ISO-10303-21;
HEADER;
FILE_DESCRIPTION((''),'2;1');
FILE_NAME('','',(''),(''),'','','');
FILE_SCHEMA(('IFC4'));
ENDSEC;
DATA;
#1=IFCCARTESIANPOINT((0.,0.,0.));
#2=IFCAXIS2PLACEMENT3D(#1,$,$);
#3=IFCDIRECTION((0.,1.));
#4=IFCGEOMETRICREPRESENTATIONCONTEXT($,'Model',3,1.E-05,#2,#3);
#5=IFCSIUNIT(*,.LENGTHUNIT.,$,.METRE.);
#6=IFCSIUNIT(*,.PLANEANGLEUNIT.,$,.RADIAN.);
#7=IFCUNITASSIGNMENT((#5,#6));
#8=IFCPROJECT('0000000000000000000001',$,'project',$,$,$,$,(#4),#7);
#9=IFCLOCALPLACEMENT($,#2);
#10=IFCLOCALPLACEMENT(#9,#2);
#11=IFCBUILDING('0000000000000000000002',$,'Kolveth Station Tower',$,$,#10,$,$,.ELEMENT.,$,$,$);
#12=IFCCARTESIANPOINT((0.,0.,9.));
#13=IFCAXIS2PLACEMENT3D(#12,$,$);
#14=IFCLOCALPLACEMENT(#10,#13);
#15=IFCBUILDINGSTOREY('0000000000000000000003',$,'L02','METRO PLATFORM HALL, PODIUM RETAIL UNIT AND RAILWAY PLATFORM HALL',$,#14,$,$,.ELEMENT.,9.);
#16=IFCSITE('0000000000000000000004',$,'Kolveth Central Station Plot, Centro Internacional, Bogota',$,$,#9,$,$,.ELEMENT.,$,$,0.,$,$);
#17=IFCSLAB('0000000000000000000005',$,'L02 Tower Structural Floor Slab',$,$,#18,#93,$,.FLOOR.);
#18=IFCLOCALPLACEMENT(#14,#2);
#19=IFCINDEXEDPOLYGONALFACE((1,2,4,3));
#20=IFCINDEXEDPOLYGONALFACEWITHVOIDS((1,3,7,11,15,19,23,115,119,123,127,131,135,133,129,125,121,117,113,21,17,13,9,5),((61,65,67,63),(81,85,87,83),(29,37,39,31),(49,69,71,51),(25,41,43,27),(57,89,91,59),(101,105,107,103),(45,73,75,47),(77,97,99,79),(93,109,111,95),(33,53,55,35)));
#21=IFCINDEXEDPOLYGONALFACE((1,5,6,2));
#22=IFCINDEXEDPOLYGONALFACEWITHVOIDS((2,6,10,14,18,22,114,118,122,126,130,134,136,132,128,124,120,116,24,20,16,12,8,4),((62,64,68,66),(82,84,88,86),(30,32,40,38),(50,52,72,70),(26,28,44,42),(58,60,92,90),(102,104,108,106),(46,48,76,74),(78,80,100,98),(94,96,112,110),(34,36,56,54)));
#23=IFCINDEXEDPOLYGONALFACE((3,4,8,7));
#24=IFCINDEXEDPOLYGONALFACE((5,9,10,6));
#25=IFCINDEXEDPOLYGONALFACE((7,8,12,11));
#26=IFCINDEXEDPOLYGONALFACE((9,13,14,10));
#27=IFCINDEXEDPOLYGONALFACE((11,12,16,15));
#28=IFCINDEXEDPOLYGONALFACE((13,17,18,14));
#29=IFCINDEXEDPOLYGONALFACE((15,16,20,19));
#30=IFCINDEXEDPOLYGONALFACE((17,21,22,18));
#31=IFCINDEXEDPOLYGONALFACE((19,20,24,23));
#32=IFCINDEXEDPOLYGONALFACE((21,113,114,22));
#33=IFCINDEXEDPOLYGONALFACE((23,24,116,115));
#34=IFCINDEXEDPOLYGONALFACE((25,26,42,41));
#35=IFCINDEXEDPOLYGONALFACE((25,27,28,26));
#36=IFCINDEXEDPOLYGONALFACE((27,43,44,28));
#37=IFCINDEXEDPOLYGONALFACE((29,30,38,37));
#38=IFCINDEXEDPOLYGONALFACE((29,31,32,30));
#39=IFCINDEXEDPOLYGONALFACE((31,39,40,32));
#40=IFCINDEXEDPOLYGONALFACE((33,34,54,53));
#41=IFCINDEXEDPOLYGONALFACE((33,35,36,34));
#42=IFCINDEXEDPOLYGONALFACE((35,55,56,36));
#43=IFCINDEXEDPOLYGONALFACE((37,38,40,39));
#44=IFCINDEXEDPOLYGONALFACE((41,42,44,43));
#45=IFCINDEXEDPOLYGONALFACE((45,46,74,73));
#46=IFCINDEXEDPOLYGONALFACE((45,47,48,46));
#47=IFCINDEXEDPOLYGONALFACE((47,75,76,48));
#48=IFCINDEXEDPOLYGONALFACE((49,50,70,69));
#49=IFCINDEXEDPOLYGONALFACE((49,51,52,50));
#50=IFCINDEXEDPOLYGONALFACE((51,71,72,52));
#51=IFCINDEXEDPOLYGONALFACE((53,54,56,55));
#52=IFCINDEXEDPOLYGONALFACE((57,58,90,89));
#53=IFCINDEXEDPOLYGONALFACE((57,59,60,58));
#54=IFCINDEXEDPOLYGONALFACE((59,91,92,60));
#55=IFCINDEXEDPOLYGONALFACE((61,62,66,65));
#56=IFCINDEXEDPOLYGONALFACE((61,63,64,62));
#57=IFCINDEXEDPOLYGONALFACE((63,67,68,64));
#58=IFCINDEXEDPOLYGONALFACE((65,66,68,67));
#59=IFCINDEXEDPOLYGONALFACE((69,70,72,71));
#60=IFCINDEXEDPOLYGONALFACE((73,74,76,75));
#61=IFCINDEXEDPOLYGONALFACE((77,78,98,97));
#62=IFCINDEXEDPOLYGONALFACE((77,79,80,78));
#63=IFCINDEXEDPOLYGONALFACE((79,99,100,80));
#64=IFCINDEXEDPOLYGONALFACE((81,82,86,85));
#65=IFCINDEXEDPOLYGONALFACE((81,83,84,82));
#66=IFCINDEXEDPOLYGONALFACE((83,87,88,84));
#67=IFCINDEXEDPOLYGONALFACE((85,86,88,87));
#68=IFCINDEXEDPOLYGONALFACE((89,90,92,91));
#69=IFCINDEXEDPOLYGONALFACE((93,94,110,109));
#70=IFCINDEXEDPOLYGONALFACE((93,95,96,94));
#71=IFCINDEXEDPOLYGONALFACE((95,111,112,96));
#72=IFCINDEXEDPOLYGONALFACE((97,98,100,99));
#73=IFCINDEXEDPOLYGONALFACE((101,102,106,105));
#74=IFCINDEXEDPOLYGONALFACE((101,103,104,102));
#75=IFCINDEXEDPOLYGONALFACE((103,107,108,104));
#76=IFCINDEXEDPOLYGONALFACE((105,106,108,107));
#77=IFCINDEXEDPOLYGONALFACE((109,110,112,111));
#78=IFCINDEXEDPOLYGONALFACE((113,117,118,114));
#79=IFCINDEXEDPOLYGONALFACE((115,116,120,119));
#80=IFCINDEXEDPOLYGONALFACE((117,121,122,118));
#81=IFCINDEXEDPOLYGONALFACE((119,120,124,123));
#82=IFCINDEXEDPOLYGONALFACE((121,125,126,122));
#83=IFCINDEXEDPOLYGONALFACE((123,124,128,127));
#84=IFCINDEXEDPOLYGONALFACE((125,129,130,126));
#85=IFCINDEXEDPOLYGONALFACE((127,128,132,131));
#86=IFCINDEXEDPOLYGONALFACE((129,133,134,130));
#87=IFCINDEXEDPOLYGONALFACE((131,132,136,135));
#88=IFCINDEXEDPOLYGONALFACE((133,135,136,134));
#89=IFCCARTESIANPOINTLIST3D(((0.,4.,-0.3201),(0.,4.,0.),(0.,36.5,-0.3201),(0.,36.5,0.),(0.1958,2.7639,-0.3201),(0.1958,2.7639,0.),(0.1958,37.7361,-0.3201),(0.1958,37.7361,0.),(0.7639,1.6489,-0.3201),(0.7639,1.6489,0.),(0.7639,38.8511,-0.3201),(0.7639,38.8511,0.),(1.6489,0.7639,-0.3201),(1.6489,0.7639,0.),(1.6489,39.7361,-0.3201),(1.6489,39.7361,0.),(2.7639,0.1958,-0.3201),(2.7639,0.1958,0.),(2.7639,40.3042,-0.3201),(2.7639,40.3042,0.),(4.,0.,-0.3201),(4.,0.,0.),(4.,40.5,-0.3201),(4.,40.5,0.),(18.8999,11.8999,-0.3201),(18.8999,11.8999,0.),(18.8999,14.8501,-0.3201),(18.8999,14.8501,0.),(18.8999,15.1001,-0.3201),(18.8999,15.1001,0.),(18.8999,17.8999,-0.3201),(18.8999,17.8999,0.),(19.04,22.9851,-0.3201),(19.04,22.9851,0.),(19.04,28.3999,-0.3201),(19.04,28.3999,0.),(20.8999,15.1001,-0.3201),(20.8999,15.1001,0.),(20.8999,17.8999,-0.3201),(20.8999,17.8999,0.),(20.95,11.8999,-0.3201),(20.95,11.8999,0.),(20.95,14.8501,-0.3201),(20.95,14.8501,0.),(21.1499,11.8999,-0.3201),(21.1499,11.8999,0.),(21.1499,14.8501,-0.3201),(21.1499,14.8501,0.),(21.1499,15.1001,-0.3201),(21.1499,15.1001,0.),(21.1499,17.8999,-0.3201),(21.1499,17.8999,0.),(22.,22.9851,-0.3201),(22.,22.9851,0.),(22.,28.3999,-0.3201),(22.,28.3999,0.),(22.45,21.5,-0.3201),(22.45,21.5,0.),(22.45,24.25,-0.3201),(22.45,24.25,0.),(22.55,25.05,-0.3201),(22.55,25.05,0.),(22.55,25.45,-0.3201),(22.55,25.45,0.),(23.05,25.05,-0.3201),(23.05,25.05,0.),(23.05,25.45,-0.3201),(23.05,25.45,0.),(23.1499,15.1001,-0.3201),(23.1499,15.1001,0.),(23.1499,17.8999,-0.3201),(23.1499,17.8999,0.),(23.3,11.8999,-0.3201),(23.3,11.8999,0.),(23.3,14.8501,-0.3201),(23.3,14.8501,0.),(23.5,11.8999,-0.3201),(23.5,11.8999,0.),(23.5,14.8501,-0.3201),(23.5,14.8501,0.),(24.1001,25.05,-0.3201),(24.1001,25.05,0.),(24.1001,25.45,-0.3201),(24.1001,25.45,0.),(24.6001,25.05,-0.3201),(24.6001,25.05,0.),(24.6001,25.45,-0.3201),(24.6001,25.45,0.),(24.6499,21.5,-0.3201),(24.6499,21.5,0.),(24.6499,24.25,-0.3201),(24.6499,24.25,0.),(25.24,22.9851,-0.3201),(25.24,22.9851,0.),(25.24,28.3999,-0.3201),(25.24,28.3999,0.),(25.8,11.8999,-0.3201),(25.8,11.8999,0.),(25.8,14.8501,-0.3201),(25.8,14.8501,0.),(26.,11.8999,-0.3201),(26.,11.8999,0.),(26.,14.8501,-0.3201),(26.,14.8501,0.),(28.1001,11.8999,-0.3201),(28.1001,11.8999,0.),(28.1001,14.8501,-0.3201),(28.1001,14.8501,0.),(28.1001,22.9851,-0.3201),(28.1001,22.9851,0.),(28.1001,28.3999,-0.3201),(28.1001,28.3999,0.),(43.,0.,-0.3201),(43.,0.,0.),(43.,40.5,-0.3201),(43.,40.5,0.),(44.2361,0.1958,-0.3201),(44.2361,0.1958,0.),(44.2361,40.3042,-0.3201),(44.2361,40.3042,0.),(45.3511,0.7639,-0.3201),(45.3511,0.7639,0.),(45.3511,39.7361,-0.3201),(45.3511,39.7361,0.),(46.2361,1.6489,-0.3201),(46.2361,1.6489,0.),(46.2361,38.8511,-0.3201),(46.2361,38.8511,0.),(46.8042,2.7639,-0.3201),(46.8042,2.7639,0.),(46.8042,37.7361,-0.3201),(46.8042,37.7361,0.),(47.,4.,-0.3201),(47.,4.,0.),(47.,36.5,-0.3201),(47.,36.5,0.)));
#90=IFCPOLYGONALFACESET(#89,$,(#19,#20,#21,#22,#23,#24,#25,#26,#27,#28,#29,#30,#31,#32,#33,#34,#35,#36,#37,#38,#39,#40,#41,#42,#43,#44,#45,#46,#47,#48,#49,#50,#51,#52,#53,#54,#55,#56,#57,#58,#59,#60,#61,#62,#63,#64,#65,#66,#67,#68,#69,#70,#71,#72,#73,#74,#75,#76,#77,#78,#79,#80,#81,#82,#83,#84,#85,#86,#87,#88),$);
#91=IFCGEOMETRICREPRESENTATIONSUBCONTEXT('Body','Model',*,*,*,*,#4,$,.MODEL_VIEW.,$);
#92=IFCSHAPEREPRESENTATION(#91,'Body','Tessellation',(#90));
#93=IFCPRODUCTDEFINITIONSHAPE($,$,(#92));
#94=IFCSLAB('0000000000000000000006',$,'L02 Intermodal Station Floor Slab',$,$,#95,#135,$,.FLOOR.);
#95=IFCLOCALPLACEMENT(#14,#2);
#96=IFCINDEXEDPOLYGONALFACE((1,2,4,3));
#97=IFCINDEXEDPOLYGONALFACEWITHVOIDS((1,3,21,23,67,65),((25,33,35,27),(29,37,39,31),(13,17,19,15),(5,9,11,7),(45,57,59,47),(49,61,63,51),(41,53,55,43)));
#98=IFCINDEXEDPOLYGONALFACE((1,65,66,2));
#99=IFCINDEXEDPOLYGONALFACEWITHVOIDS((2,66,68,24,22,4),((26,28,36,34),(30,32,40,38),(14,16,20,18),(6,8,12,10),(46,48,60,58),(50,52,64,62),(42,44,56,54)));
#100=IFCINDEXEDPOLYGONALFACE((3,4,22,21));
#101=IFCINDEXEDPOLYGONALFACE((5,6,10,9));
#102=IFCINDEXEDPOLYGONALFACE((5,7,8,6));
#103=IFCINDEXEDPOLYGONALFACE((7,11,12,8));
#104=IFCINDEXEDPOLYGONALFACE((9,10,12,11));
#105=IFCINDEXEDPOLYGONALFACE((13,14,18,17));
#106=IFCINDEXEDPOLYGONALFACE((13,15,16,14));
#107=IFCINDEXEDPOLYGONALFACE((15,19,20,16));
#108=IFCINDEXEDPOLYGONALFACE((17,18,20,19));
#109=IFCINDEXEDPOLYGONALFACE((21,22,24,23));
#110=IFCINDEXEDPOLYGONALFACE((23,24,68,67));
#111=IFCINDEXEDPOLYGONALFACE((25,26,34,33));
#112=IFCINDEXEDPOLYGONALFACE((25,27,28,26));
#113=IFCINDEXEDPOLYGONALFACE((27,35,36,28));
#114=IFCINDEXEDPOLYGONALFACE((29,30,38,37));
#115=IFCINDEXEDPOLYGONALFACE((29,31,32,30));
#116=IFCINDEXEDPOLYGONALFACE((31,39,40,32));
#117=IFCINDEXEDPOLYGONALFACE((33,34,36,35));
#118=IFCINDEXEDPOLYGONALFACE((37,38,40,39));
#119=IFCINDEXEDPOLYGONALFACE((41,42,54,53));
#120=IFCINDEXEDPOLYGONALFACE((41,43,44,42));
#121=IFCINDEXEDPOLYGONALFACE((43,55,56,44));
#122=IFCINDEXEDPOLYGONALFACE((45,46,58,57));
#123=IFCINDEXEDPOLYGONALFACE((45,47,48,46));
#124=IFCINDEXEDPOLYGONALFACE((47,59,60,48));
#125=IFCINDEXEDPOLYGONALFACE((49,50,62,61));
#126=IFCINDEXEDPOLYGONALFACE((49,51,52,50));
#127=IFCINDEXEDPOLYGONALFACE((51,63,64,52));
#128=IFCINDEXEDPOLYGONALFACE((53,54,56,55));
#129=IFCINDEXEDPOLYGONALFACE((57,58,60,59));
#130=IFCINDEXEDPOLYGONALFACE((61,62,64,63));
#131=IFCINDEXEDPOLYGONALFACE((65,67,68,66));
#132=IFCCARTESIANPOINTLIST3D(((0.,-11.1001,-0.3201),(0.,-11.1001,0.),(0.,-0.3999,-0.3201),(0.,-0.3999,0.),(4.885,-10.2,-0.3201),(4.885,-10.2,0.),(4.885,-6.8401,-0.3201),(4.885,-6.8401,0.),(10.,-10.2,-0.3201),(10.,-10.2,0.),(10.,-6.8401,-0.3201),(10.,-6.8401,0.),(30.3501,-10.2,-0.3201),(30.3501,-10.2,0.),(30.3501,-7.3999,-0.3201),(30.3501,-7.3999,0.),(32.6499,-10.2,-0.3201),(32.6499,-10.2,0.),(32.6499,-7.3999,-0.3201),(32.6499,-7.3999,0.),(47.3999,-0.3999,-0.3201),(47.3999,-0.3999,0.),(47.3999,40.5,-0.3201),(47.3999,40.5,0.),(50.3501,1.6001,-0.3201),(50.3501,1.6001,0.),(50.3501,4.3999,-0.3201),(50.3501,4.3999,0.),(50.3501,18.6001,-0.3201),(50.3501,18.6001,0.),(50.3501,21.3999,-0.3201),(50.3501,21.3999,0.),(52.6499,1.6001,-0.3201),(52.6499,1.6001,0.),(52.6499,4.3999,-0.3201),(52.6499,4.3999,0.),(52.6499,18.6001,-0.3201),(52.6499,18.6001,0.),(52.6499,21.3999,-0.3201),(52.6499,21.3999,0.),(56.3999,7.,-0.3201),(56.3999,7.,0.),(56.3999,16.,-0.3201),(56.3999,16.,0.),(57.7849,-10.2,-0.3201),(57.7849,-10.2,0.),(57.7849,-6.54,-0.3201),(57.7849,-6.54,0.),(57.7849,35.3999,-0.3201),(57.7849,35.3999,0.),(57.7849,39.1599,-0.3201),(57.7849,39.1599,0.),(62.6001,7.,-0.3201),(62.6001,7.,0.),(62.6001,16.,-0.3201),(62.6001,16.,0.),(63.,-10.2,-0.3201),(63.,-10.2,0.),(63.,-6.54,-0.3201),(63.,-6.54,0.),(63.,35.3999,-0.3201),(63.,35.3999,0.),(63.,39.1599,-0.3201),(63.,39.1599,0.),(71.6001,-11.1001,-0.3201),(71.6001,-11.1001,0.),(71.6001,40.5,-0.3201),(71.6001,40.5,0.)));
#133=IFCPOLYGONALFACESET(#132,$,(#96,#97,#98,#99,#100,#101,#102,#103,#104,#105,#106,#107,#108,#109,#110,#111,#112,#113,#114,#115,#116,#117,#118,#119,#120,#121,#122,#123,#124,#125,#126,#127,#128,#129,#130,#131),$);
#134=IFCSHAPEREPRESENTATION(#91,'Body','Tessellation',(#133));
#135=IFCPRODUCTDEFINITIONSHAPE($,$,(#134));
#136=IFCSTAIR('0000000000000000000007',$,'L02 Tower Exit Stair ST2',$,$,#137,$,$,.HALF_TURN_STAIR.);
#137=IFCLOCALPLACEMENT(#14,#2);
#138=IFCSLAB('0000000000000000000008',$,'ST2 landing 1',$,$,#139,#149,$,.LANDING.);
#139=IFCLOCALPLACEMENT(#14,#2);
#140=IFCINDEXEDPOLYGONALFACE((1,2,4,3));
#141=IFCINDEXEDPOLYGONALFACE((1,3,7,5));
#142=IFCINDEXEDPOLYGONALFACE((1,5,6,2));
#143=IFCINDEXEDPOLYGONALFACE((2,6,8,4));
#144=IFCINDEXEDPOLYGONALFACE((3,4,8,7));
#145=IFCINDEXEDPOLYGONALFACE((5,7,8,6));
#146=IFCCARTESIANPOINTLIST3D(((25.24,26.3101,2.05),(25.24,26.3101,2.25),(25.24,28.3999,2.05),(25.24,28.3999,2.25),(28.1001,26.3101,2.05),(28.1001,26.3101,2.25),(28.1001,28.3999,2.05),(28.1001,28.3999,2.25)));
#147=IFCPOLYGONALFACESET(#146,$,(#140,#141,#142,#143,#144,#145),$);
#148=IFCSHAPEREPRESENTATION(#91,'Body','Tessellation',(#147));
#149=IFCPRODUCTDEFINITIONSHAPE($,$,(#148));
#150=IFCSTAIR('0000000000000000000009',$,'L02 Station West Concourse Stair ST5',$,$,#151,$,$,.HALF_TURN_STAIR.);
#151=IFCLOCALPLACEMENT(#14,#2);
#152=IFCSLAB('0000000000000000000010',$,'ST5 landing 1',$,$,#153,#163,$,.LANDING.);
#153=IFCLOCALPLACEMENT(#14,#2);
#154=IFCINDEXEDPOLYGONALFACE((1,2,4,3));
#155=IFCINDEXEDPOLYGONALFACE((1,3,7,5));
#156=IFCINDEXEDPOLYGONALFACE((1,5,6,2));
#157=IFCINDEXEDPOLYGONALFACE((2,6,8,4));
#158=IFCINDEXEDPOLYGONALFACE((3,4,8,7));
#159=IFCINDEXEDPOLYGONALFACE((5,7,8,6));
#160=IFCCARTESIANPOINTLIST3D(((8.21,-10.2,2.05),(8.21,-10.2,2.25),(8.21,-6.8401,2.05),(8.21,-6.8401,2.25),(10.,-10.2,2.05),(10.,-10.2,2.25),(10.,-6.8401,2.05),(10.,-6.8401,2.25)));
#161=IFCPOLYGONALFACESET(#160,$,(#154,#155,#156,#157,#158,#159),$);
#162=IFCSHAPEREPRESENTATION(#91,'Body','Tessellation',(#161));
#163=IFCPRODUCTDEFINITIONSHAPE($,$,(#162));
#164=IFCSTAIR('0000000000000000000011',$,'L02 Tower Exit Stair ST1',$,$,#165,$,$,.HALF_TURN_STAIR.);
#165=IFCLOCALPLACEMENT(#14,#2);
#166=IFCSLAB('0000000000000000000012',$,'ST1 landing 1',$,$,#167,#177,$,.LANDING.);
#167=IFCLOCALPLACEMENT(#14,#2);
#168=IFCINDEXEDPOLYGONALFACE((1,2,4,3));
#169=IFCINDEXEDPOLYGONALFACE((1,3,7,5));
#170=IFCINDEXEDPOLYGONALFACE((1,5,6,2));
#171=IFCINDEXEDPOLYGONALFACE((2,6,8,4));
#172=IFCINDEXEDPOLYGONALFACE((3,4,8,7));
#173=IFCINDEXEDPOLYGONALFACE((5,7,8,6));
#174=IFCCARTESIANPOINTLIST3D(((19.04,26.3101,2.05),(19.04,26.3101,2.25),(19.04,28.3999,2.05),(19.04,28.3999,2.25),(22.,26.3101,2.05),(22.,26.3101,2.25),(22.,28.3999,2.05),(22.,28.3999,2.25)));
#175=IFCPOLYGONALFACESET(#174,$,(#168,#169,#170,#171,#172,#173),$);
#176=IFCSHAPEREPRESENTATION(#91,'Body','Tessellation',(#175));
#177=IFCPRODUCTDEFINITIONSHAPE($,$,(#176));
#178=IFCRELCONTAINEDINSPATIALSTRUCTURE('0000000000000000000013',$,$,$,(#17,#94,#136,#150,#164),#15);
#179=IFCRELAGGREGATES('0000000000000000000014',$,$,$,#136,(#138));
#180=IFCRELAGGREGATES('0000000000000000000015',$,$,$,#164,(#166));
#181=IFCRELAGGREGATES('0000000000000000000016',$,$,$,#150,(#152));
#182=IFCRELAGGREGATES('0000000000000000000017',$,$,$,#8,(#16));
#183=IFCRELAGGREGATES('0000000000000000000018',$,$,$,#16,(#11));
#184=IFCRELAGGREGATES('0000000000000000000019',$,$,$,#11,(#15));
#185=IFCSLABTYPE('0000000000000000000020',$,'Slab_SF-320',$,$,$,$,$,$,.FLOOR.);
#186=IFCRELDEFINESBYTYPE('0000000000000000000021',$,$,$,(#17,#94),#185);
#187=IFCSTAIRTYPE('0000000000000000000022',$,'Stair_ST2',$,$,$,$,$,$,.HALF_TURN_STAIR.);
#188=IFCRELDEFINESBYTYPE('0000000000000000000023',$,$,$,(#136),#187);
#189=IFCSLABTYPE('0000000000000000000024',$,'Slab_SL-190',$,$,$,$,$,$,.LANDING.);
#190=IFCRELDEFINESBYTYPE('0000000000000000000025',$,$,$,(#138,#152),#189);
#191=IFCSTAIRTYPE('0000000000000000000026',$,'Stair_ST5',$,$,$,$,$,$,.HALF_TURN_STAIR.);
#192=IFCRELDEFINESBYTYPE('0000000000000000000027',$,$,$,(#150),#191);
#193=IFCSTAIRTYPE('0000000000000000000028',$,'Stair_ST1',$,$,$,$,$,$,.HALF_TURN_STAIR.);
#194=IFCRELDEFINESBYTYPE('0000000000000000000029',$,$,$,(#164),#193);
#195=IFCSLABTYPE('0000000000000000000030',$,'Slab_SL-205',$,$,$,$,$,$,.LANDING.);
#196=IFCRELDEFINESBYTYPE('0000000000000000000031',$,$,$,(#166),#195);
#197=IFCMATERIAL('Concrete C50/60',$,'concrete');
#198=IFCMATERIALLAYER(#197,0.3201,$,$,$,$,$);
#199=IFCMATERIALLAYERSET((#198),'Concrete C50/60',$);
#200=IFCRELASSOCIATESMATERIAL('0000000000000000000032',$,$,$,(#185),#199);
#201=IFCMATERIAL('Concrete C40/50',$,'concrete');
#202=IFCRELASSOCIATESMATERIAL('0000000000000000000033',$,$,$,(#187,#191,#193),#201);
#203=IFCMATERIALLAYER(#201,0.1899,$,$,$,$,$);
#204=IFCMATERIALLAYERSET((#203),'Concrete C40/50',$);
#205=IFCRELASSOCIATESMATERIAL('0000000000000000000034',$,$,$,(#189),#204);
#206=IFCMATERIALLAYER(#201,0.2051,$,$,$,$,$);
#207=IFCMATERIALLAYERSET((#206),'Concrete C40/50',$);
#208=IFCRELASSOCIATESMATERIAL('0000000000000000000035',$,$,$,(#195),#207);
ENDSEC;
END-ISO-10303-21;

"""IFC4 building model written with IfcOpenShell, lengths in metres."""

from ifc_helpers import new_model, si_unit, direction, frame, origin, place, context, subcontext, project, spatial, polyline, outline, extrude, material, layer, layer_set, type_object, element, aggregate, save


model = new_model("IFC4")

# Units and contexts
model_context = context("Model", 3, precision=1e-05, world=origin(), true_north=direction((0.0, 1.0)))
body_context = subcontext(model_context, "Body", "Model", "MODEL_VIEW")
ifc_project = project(units=[si_unit("LENGTHUNIT", "METRE"), si_unit("PLANEANGLEUNIT", "RADIAN")], contexts=[model_context])

# Site, building, storey
site_placement = place(None, origin())
site = spatial("IfcSite", under=ifc_project, at=site_placement, Name="Kolveth Central Station Plot, Centro Internacional, Bogota", CompositionType="ELEMENT", RefElevation=0.0)
building_placement = place(site_placement, origin())
building = spatial("IfcBuilding", under=site, at=building_placement, Name="Kolveth Station Tower", CompositionType="ELEMENT")
storey_placement = place(building_placement, frame((0.0, 0.0, 9.0)))
storey = spatial("IfcBuildingStorey", under=building, at=storey_placement, Name="L02", Description="METRO PLATFORM HALL, PODIUM RETAIL UNIT AND RAILWAY PLATFORM HALL", CompositionType="ELEMENT", Elevation=9.0)

# Slabs
ifc_material_1 = material(Name="Concrete C50/60", Category="concrete")
ifc_layer_1 = layer(ifc_material_1, 0.3201)
ifc_layer_set_1 = layer_set([ifc_layer_1], Name="Concrete C50/60")
slab_type_1 = type_object("IfcSlabType", Name="Slab_SF-320", PredefinedType="FLOOR", material=ifc_layer_set_1)
slab_1_placement = place(storey_placement, frame((0.0, 0.0, -0.3201)))
element("IfcSlab", 1, at=slab_1_placement, inside=storey, type_object=slab_type_1, Name="L02 Tower Structural Floor Slab", PredefinedType="FLOOR", context=body_context, shape_type="SweptSolid", body=[
    extrude(outline(polyline([(43.0, 0.0), (44.2361, 0.1958), (45.3511, 0.7639), (46.2361, 1.6489), (46.8042, 2.7639), (47.0, 4.0), (47.0, 36.5), (46.8042, 37.7361), (46.2361, 38.8511), (45.3511, 39.7361), (44.2361, 40.3042), (43.0, 40.5), (4.0, 40.5), (2.7639, 40.3042), (1.6489, 39.7361), (0.7639, 38.8511), (0.1958, 37.7361), (0.0, 36.5), (0.0, 4.0), (0.1958, 2.7639), (0.7639, 1.6489), (1.6489, 0.7639), (2.7639, 0.1958), (4.0, 0.0), (43.0, 0.0)]), holes=[polyline([(19.04, 22.9851), (22.0, 22.9851), (22.0, 28.3999), (19.04, 28.3999), (19.04, 22.9851)]), polyline([(25.24, 22.9851), (28.1001, 22.9851), (28.1001, 28.3999), (25.24, 28.3999), (25.24, 22.9851)]), polyline([(18.8999, 15.1001), (20.8999, 15.1001), (20.8999, 17.8999), (18.8999, 17.8999), (18.8999, 15.1001)]), polyline([(21.1499, 15.1001), (23.1499, 15.1001), (23.1499, 17.8999), (21.1499, 17.8999), (21.1499, 15.1001)]), polyline([(22.45, 21.5), (24.6499, 21.5), (24.6499, 24.25), (22.45, 24.25), (22.45, 21.5)]), polyline([(18.8999, 11.8999), (20.95, 11.8999), (20.95, 14.8501), (18.8999, 14.8501), (18.8999, 11.8999)]), polyline([(21.1499, 11.8999), (23.3, 11.8999), (23.3, 14.8501), (21.1499, 14.8501), (21.1499, 11.8999)]), polyline([(23.5, 11.8999), (25.8, 11.8999), (25.8, 14.8501), (23.5, 14.8501), (23.5, 11.8999)]), polyline([(26.0, 11.8999), (28.1001, 11.8999), (28.1001, 14.8501), (26.0, 14.8501), (26.0, 11.8999)]), polyline([(22.55, 25.05), (23.05, 25.05), (23.05, 25.45), (22.55, 25.45), (22.55, 25.05)]), polyline([(24.1001, 25.05), (24.6001, 25.05), (24.6001, 25.45), (24.1001, 25.45), (24.1001, 25.05)])]), origin(), (0.0, 0.0, 1.0), 0.3201),
])
slab_2_placement = place(storey_placement, frame((0.0, 0.0, -0.3201)))
element("IfcSlab", 2, at=slab_2_placement, inside=storey, type_object=slab_type_1, Name="L02 Intermodal Station Floor Slab", PredefinedType="FLOOR", context=body_context, shape_type="SweptSolid", body=[
    extrude(outline(polyline([(0.0, -11.1001), (71.6001, -11.1001), (71.6001, 40.5), (47.3999, 40.5), (47.3999, -0.3999), (0.0, -0.3999), (0.0, -11.1001)]), holes=[polyline([(57.7849, 35.3999), (63.0, 35.3999), (63.0, 39.1599), (57.7849, 39.1599), (57.7849, 35.3999)]), polyline([(57.7849, -10.2), (63.0, -10.2), (63.0, -6.54), (57.7849, -6.54), (57.7849, -10.2)]), polyline([(4.885, -10.2), (10.0, -10.2), (10.0, -6.8401), (4.885, -6.8401), (4.885, -10.2)]), polyline([(50.3501, 1.6001), (52.6499, 1.6001), (52.6499, 4.3999), (50.3501, 4.3999), (50.3501, 1.6001)]), polyline([(50.3501, 18.6001), (52.6499, 18.6001), (52.6499, 21.3999), (50.3501, 21.3999), (50.3501, 18.6001)]), polyline([(30.3501, -10.2), (32.6499, -10.2), (32.6499, -7.3999), (30.3501, -7.3999), (30.3501, -10.2)]), polyline([(56.3999, 7.0), (62.6001, 7.0), (62.6001, 16.0), (56.3999, 16.0), (56.3999, 7.0)])]), origin(), (0.0, 0.0, 1.0), 0.3201),
])

# Stairs, slabs
ifc_material_2 = material(Name="Concrete C40/50", Category="concrete")
stair_type_1 = type_object("IfcStairType", Name="Stair_ST2", PredefinedType="HALF_TURN_STAIR", material=ifc_material_2)
stair_1_placement = place(storey_placement, origin())
stair_1 = element("IfcStair", 3, at=stair_1_placement, inside=storey, type_object=stair_type_1, Name="L02 Tower Exit Stair ST2", PredefinedType="HALF_TURN_STAIR")
ifc_layer_2 = layer(ifc_material_2, 0.1899)
ifc_layer_set_2 = layer_set([ifc_layer_2], Name="Concrete C40/50")
slab_type_2 = type_object("IfcSlabType", Name="Slab_SL-190", PredefinedType="LANDING", material=ifc_layer_set_2)
slab_3_placement = place(storey_placement, frame((0.0, 0.0, 2.05)))
slab_3 = element("IfcSlab", 4, at=slab_3_placement, type_object=slab_type_2, Name="ST2 landing 1", PredefinedType="LANDING", context=body_context, shape_type="SweptSolid", body=[
    extrude(outline(polyline([(28.1001, 26.3101), (28.1001, 28.3999), (25.24, 28.3999), (25.24, 26.3101), (28.1001, 26.3101)])), origin(), (0.0, 0.0, 1.0), 0.2),
])
aggregate(stair_1, [slab_3])
stair_type_2 = type_object("IfcStairType", Name="Stair_ST5", PredefinedType="HALF_TURN_STAIR", material=ifc_material_2)
stair_2_placement = place(storey_placement, origin())
stair_2 = element("IfcStair", 5, at=stair_2_placement, inside=storey, type_object=stair_type_2, Name="L02 Station West Concourse Stair ST5", PredefinedType="HALF_TURN_STAIR")
slab_4_placement = place(storey_placement, frame((0.0, 0.0, 2.05)))
slab_4 = element("IfcSlab", 6, at=slab_4_placement, type_object=slab_type_2, Name="ST5 landing 1", PredefinedType="LANDING", context=body_context, shape_type="SweptSolid", body=[
    extrude(outline(polyline([(8.21, -10.2), (10.0, -10.2), (10.0, -6.8401), (8.21, -6.8401), (8.21, -10.2)])), origin(), (0.0, 0.0, 1.0), 0.2),
])
stair_type_3 = type_object("IfcStairType", Name="Stair_ST1", PredefinedType="HALF_TURN_STAIR", material=ifc_material_2)
stair_3_placement = place(storey_placement, origin())
stair_3 = element("IfcStair", 7, at=stair_3_placement, inside=storey, type_object=stair_type_3, Name="L02 Tower Exit Stair ST1", PredefinedType="HALF_TURN_STAIR")
ifc_layer_3 = layer(ifc_material_2, 0.2051)
ifc_layer_set_3 = layer_set([ifc_layer_3], Name="Concrete C40/50")
slab_type_3 = type_object("IfcSlabType", Name="Slab_SL-205", PredefinedType="LANDING", material=ifc_layer_set_3)
slab_5_placement = place(storey_placement, frame((0.0, 0.0, 2.05)))
slab_5 = element("IfcSlab", 8, at=slab_5_placement, type_object=slab_type_3, Name="ST1 landing 1", PredefinedType="LANDING", context=body_context, shape_type="SweptSolid", body=[
    extrude(outline(polyline([(22.0, 26.3101), (22.0, 28.3999), (19.04, 28.3999), (19.04, 26.3101), (22.0, 26.3101)])), origin(), (0.0, 0.0, 1.0), 0.2),
])
aggregate(stair_3, [slab_5])

aggregate(stair_2, [slab_4])

save(model, "model.ifc")
